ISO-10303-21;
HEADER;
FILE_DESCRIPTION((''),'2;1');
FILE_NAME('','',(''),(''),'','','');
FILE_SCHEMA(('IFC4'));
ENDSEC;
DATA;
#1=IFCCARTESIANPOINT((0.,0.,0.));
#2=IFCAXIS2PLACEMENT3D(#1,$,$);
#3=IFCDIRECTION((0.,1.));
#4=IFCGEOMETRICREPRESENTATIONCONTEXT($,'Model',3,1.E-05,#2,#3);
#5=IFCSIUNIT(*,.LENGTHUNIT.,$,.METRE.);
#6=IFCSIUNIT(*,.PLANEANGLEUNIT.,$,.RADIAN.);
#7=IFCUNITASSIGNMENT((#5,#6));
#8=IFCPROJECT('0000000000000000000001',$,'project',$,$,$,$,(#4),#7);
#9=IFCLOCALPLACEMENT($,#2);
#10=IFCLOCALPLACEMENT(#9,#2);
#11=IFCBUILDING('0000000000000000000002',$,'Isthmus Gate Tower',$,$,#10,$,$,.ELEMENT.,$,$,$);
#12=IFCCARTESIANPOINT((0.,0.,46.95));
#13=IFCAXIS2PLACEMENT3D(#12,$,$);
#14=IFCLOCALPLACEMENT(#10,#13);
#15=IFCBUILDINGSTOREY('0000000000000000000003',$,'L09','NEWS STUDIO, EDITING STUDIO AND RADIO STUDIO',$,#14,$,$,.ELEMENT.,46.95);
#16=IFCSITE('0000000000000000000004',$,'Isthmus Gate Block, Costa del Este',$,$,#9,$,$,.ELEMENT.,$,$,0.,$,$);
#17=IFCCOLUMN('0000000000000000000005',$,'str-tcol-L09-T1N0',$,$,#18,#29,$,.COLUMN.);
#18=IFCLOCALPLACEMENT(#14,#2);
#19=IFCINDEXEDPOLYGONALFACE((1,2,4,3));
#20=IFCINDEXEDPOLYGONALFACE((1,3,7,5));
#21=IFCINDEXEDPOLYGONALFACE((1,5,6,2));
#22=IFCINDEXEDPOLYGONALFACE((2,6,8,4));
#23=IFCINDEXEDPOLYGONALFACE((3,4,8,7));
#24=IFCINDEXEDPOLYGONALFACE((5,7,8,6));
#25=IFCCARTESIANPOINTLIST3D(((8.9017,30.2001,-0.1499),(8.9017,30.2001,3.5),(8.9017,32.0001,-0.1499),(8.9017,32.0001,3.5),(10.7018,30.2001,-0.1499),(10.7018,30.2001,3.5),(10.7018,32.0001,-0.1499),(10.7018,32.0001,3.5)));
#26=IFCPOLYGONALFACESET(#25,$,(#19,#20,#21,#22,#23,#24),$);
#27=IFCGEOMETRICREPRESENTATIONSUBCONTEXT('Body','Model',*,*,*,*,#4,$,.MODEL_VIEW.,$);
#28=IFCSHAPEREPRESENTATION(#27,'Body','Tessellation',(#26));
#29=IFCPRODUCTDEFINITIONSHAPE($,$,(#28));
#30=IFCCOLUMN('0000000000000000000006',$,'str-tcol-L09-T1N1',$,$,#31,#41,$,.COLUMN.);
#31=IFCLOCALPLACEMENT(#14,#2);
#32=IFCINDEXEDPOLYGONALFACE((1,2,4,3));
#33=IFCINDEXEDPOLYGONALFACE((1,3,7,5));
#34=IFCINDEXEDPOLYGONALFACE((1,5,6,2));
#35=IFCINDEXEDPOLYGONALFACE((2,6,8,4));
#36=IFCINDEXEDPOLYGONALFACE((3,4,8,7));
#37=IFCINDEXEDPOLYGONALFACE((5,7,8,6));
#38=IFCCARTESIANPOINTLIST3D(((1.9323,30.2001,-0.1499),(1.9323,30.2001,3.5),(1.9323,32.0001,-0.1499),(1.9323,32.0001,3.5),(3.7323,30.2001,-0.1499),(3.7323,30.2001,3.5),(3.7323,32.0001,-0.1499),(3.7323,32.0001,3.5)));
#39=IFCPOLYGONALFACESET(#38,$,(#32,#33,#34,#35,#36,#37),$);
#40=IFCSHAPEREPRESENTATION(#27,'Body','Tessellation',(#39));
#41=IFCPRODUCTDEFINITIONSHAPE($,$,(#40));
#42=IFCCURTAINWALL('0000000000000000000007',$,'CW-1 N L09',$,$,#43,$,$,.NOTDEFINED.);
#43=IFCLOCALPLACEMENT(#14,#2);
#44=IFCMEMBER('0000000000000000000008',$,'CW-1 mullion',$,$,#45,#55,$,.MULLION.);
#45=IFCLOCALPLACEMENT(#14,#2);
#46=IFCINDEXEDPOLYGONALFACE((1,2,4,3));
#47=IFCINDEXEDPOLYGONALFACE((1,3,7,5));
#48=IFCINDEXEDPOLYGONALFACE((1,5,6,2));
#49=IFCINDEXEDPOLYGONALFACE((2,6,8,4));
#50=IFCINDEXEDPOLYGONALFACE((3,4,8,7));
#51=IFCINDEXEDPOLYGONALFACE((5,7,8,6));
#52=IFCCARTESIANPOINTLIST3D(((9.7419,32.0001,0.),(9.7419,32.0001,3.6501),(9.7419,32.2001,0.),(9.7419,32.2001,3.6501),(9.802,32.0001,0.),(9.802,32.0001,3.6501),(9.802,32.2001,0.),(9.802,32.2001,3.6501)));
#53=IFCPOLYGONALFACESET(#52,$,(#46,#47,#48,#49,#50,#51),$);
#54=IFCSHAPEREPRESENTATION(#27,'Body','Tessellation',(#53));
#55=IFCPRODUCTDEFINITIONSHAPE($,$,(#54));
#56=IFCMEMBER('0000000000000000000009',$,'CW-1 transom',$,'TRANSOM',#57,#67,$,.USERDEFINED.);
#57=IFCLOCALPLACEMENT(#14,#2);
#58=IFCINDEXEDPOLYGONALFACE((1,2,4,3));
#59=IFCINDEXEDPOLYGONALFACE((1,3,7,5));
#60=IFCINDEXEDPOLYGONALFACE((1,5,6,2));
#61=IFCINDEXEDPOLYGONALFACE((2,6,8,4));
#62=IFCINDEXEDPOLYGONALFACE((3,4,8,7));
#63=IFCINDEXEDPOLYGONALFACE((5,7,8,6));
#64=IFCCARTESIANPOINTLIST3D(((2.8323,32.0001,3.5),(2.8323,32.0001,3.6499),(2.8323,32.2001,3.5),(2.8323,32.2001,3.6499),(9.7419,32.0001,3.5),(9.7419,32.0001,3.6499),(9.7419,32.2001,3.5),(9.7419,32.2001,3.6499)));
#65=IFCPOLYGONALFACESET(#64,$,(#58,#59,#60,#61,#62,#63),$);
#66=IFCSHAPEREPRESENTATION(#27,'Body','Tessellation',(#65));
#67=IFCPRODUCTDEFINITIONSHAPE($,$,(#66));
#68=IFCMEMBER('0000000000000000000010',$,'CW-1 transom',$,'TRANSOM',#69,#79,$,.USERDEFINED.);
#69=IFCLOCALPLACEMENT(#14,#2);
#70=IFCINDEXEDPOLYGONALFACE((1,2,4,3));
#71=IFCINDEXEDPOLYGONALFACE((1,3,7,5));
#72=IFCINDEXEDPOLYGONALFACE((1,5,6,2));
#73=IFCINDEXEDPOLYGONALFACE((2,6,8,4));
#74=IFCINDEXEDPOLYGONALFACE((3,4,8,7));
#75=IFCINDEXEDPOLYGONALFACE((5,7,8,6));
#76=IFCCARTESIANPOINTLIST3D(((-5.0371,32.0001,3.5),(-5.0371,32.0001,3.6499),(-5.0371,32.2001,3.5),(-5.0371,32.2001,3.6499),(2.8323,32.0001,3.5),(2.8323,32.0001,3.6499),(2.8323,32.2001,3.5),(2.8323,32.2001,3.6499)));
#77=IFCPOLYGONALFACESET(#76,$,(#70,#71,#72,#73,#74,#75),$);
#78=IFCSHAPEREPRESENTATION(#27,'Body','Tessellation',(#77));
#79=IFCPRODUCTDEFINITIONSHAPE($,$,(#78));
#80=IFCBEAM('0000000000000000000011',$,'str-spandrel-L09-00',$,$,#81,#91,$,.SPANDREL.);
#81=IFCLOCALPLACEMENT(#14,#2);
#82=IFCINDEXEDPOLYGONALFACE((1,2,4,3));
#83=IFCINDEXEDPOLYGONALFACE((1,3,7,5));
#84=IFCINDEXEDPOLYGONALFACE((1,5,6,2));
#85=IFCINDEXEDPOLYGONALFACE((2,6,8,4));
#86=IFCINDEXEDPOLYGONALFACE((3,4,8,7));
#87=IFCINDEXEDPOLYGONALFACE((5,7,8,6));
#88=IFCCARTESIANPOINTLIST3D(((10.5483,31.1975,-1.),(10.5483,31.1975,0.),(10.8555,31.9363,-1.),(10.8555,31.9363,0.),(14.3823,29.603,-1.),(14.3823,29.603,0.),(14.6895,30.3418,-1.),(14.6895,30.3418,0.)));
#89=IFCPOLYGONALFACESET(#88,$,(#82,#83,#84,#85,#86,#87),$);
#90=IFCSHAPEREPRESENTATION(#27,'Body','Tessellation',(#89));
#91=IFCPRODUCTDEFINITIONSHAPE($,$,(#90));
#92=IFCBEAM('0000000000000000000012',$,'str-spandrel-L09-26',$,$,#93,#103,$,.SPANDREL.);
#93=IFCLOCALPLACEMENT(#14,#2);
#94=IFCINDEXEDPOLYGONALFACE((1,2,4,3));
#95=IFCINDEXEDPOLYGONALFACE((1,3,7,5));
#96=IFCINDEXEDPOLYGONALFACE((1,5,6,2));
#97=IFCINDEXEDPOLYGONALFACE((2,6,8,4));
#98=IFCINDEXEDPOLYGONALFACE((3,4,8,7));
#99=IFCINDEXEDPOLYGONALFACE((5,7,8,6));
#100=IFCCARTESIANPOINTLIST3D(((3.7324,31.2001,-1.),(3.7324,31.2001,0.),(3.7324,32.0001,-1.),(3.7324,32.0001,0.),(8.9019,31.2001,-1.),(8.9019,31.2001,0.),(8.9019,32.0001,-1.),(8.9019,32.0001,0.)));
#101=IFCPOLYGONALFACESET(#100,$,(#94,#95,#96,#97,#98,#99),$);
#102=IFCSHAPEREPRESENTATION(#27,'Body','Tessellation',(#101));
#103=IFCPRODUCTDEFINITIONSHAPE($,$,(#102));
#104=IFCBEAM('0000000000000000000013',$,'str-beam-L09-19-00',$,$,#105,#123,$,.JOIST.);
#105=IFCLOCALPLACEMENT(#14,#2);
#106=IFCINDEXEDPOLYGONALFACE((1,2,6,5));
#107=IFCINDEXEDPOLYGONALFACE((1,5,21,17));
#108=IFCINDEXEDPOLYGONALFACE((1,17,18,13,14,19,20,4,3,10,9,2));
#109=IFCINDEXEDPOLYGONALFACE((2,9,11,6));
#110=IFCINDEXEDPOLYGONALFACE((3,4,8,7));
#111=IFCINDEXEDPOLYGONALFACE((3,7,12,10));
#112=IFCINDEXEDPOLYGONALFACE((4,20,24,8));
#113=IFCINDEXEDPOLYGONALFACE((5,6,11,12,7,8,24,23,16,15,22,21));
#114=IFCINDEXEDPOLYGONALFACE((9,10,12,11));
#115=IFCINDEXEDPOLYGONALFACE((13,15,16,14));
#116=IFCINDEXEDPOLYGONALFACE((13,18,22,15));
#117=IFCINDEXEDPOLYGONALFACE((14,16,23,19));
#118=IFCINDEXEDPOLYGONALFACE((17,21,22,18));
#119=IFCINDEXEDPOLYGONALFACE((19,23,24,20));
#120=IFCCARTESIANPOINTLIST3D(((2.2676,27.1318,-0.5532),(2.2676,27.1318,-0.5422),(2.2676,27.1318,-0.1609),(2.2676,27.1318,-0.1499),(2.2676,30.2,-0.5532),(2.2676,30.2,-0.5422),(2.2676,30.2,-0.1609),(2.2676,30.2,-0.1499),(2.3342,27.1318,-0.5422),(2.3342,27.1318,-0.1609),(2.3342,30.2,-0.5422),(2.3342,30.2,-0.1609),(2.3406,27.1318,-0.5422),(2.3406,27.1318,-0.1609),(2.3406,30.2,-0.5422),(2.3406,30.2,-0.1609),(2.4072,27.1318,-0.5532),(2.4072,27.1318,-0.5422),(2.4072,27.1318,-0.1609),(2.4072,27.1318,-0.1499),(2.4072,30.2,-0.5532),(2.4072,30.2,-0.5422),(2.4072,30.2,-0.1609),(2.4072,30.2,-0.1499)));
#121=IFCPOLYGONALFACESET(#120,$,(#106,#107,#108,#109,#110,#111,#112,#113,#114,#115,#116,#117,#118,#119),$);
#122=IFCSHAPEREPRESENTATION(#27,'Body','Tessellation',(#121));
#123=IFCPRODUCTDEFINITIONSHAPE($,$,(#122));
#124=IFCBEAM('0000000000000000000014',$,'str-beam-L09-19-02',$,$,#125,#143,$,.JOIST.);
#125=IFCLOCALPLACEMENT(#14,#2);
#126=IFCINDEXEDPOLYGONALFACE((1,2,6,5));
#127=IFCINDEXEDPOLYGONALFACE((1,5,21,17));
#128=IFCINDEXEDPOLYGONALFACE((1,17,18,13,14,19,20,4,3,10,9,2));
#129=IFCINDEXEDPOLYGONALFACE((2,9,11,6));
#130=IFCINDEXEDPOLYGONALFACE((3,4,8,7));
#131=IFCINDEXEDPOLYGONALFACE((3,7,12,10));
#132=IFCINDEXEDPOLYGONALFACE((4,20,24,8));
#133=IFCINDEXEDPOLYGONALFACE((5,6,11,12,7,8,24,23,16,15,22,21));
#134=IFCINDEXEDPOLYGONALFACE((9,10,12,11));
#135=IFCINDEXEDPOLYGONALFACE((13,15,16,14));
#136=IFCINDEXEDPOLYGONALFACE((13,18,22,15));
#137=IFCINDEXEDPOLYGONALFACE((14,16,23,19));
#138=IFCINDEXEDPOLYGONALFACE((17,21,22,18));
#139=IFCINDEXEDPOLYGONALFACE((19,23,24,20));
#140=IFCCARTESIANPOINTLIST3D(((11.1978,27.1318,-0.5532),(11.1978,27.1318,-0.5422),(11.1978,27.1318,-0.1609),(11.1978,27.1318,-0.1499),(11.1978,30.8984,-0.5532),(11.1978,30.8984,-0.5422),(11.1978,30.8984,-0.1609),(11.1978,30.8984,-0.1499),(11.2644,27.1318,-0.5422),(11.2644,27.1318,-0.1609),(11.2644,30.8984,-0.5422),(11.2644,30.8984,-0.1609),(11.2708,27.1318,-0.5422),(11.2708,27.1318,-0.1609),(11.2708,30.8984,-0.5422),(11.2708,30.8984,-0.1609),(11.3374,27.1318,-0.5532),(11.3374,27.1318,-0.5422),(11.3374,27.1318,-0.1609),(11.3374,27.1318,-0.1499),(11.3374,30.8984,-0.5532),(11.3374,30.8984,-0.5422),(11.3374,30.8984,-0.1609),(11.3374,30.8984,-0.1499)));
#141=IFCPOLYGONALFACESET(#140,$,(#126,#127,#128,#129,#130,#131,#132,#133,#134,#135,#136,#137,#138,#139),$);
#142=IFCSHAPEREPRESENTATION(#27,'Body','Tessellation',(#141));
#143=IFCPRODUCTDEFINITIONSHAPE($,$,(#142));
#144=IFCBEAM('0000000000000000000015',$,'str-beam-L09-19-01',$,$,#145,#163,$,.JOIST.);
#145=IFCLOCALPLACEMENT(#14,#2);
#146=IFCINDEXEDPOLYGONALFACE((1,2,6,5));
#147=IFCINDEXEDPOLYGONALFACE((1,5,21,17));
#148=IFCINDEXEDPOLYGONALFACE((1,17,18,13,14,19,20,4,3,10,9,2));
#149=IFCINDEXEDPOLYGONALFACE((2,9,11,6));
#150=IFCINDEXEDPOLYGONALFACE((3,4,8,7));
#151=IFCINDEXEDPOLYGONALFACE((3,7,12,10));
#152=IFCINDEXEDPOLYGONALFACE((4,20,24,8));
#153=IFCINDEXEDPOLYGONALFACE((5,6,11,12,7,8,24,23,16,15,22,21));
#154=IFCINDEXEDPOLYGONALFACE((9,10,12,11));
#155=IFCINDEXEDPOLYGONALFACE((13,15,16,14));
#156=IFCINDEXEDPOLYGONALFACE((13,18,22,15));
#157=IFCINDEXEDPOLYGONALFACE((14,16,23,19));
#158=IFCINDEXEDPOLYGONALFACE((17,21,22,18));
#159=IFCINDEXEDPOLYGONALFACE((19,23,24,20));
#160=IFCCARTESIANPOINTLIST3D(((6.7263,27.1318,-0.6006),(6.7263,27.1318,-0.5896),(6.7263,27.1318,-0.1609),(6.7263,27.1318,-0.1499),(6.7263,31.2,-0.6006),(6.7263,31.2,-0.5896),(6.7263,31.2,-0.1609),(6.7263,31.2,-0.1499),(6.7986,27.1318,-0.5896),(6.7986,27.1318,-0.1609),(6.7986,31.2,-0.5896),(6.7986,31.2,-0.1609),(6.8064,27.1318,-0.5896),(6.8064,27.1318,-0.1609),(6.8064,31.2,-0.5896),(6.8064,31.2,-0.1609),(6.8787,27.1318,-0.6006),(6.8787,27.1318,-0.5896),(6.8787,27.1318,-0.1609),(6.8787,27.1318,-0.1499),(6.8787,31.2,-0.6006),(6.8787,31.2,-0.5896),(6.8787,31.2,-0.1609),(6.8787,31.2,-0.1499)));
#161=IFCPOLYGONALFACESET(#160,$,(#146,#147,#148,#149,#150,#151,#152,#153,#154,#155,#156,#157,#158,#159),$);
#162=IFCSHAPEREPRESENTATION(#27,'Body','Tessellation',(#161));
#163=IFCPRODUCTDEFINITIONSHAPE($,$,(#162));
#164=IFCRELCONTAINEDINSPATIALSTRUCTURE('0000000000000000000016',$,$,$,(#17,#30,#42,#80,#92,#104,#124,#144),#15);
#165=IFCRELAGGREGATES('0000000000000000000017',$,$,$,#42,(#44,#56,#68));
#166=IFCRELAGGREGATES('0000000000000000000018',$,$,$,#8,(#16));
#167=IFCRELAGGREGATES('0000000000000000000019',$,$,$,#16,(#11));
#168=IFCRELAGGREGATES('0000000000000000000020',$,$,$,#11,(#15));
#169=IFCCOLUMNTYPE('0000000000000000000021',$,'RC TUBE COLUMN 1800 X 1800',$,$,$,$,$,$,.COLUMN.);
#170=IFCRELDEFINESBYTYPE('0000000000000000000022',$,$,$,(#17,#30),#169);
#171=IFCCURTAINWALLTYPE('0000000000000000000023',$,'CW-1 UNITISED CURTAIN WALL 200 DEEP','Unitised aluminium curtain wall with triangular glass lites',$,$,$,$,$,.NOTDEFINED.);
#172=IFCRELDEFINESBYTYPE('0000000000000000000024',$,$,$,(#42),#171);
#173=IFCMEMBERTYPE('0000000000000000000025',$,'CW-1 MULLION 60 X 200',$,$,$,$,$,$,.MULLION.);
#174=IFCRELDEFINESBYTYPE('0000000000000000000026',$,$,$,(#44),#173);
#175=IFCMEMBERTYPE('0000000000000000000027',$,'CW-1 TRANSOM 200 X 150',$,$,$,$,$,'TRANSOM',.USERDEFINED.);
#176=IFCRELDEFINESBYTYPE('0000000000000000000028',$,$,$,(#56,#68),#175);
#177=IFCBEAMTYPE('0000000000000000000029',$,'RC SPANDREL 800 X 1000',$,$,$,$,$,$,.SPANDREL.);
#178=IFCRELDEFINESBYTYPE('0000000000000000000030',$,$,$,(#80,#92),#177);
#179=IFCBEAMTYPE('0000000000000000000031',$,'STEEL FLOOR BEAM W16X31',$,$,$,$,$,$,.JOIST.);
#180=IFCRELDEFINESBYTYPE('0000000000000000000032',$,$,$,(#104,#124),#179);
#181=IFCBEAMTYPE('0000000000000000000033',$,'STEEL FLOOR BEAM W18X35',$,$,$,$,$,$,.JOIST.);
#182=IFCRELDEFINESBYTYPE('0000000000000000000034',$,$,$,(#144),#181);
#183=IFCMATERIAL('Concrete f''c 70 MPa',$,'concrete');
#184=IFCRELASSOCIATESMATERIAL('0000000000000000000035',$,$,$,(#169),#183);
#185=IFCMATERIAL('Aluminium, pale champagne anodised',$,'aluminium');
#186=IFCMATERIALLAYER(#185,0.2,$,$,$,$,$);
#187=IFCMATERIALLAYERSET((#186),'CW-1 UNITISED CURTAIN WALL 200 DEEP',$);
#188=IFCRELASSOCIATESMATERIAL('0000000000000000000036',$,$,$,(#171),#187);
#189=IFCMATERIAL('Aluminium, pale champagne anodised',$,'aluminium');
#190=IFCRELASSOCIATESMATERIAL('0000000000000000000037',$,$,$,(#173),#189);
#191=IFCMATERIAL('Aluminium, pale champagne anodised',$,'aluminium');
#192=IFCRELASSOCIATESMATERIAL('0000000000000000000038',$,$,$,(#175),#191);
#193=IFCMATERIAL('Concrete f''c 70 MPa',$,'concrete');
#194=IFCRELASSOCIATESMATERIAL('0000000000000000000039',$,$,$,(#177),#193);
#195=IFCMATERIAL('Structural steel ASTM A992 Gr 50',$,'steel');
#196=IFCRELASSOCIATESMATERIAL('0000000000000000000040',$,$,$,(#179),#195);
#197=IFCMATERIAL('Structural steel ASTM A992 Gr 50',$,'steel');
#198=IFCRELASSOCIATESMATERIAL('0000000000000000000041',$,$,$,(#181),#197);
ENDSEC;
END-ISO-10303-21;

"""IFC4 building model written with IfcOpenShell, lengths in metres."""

from ifc_helpers import new_model, si_unit, direction, frame, origin, origin_2d, place, context, subcontext, project, spatial, rectangle, i_section, extrude, material, layer, layer_set, material_profile, profile_set, type_object, element, aggregate, save


model = new_model("IFC4")

# Units and contexts
model_context = context("Model", 3, precision=1e-05, world=origin(), true_north=direction((0.0, 1.0)))
body_context = subcontext(model_context, "Body", "Model", "MODEL_VIEW")
ifc_project = project(units=[si_unit("LENGTHUNIT", "METRE"), si_unit("PLANEANGLEUNIT", "RADIAN")], contexts=[model_context])

# Site, building, storey
site_placement = place(None, origin())
site = spatial("IfcSite", under=ifc_project, at=site_placement, Name="Isthmus Gate Block, Costa del Este", CompositionType="ELEMENT", RefElevation=0.0)
building_placement = place(site_placement, origin())
building = spatial("IfcBuilding", under=site, at=building_placement, Name="Isthmus Gate Tower", CompositionType="ELEMENT")
storey_placement = place(building_placement, frame((0.0, 0.0, 46.95)))
storey = spatial("IfcBuildingStorey", under=building, at=storey_placement, Name="L09", Description="NEWS STUDIO, EDITING STUDIO AND RADIO STUDIO", CompositionType="ELEMENT", Elevation=46.95)

# Columns
ifc_material_1 = material(Name="Concrete f'c 70 MPa", Category="concrete")
ifc_material_profile_1 = material_profile(ifc_material_1, rectangle(XDim=1.8, YDim=1.8, at=origin_2d()), Name="RC 1800X1800")
ifc_profile_set_1 = profile_set([ifc_material_profile_1], Name="Concrete f'c 70 MPa")
column_type = type_object("IfcColumnType", Name="RC TUBE COLUMN 1800 X 1800", PredefinedType="COLUMN", material=ifc_profile_set_1)
for number, where, z_axis, x_axis, name in (
    (1, (9.8018, 31.1001, -0.1499), (0.0, 0.0, 1.0), (-1.0, 0.0, 0.0), "str-tcol-L09-T1N0"),
    (2, (2.8323, 31.1001, -0.1499), (0.0, 0.0, 1.0), (-1.0, 0.0, 0.0), "str-tcol-L09-T1N1"),
):
    element("IfcColumn", number, at=place(storey_placement, frame(where, z_axis=z_axis, x_axis=x_axis)), inside=storey, type_object=column_type, Name=name, PredefinedType="COLUMN", context=body_context, shape_type="SweptSolid", body=[
        extrude(rectangle(XDim=1.8, YDim=1.8, at=origin_2d()), origin(), (0.0, 0.0, 1.0), 3.6499),
    ])

# Curtain wall, members
ifc_material_2 = material(Name="Aluminium, pale champagne anodised", Category="aluminium")
ifc_layer_1 = layer(ifc_material_2, 0.2)
ifc_layer_set_1 = layer_set([ifc_layer_1], Name="CW-1 UNITISED CURTAIN WALL 200 DEEP")
curtain_wall_type = type_object("IfcCurtainWallType", Name="CW-1 UNITISED CURTAIN WALL 200 DEEP", Description="Unitised aluminium curtain wall with triangular glass lites", PredefinedType="NOTDEFINED", material=ifc_layer_set_1)
curtain_wall_1_placement = place(storey_placement, origin())
curtain_wall_1 = element("IfcCurtainWall", 3, at=curtain_wall_1_placement, inside=storey, type_object=curtain_wall_type, Name="CW-1 N L09", PredefinedType="NOTDEFINED")
ifc_material_3 = material(Name="Aluminium, pale champagne anodised", Category="aluminium")
ifc_material_profile_2 = material_profile(ifc_material_3, rectangle(XDim=0.0601, YDim=0.2, at=origin_2d()), Name="60x200")
ifc_profile_set_2 = profile_set([ifc_material_profile_2], Name="Aluminium, pale champagne anodised")
member_type_1 = type_object("IfcMemberType", Name="CW-1 MULLION 60 X 200", PredefinedType="MULLION", material=ifc_profile_set_2)
member_1_placement = place(storey_placement, frame((9.772, 32.1001, 0.0), z_axis=(0.0, 0.0, 1.0), x_axis=(-1.0, 0.0, 0.0)))
member_1 = element("IfcMember", 4, at=member_1_placement, type_object=member_type_1, Name="CW-1 mullion", PredefinedType="MULLION", context=body_context, shape_type="SweptSolid", body=[
    extrude(rectangle(XDim=0.0601, YDim=0.2, at=origin_2d()), origin(), (0.0, 0.0, 1.0), 3.6501),
])
ifc_material_4 = material(Name="Aluminium, pale champagne anodised", Category="aluminium")
ifc_material_profile_3 = material_profile(ifc_material_4, rectangle(XDim=0.2, YDim=0.1499, at=origin_2d()), Name="200x150")
ifc_profile_set_3 = profile_set([ifc_material_profile_3], Name="Aluminium, pale champagne anodised")
member_type_2 = type_object("IfcMemberType", Name="CW-1 TRANSOM 200 X 150", ElementType="TRANSOM", PredefinedType="USERDEFINED", material=ifc_profile_set_3)
member_2_placement = place(storey_placement, frame((9.7419, 32.1001, 3.575), z_axis=(-1.0, 0.0, 0.0), x_axis=(0.0, -1.0, 0.0)))
member_2 = element("IfcMember", 5, at=member_2_placement, type_object=member_type_2, Name="CW-1 transom", ObjectType="TRANSOM", PredefinedType="USERDEFINED", context=body_context, shape_type="SweptSolid", body=[
    extrude(rectangle(XDim=0.2, YDim=0.1499, at=origin_2d()), origin(), (0.0, 0.0, 1.0), 6.9097),
])
member_3_placement = place(storey_placement, frame((2.8323, 32.1001, 3.575), z_axis=(-1.0, 0.0, 0.0), x_axis=(0.0, -1.0, 0.0)))
member_3 = element("IfcMember", 6, at=member_3_placement, type_object=member_type_2, Name="CW-1 transom", ObjectType="TRANSOM", PredefinedType="USERDEFINED", context=body_context, shape_type="SweptSolid", body=[
    extrude(rectangle(XDim=0.2, YDim=0.1499, at=origin_2d()), origin(), (0.0, 0.0, 1.0), 7.8694),
])

# Beams
ifc_material_5 = material(Name="Concrete f'c 70 MPa", Category="concrete")
ifc_material_profile_4 = material_profile(ifc_material_5, rectangle(XDim=0.8, YDim=1.0, at=origin_2d()), Name="RC 800X1000")
ifc_profile_set_4 = profile_set([ifc_material_profile_4], Name="Concrete f'c 70 MPa")
beam_type_1 = type_object("IfcBeamType", Name="RC SPANDREL 800 X 1000", PredefinedType="SPANDREL", material=ifc_profile_set_4)
beam_1_placement = place(storey_placement, frame((10.7019, 31.5669, -0.5), z_axis=(0.923334, -0.383997, 0.0), x_axis=(0.383997, 0.923334, 0.0)))
element("IfcBeam", 7, at=beam_1_placement, inside=storey, type_object=beam_type_1, Name="str-spandrel-L09-00", PredefinedType="SPANDREL", context=body_context, shape_type="SweptSolid", body=[
    extrude(rectangle(XDim=0.8, YDim=1.0, at=origin_2d()), origin(), (0.0, 0.0, 1.0), 4.1523),
])
beam_2_placement = place(storey_placement, frame((3.7324, 31.6001, -0.5), z_axis=(1.0, 0.0, 0.0), x_axis=(0.0, 1.0, 0.0)))
element("IfcBeam", 8, at=beam_2_placement, inside=storey, type_object=beam_type_1, Name="str-spandrel-L09-26", PredefinedType="SPANDREL", context=body_context, shape_type="SweptSolid", body=[
    extrude(rectangle(XDim=0.8, YDim=1.0, at=origin_2d()), origin(), (0.0, 0.0, 1.0), 5.1694),
])
ifc_material_6 = material(Name="Structural steel ASTM A992 Gr 50", Category="steel")
ifc_material_profile_5 = material_profile(ifc_material_6, i_section(OverallWidth=0.1396, OverallDepth=0.4033, WebThickness=0.0063, FlangeThickness=0.011, at=origin_2d()), Name="W16X31")
ifc_profile_set_5 = profile_set([ifc_material_profile_5], Name="Structural steel ASTM A992 Gr 50")
beam_type_2 = type_object("IfcBeamType", Name="STEEL FLOOR BEAM W16X31", PredefinedType="JOIST", material=ifc_profile_set_5)
beam_3_placement = place(storey_placement, frame((2.3374, 27.1318, -0.3516), z_axis=(0.0, 1.0, 0.0), x_axis=(-1.0, 0.0, 0.0)))
element("IfcBeam", 9, at=beam_3_placement, inside=storey, type_object=beam_type_2, Name="str-beam-L09-19-00", PredefinedType="JOIST", context=body_context, shape_type="SweptSolid", body=[
    extrude(i_section(OverallWidth=0.1396, OverallDepth=0.4033, WebThickness=0.0063, FlangeThickness=0.011, at=origin_2d()), origin(), (0.0, 0.0, 1.0), 3.0681),
])
beam_4_placement = place(storey_placement, frame((11.2676, 27.1318, -0.3516), z_axis=(0.0, 1.0, 0.0), x_axis=(-1.0, 0.0, 0.0)))
element("IfcBeam", 10, at=beam_4_placement, inside=storey, type_object=beam_type_2, Name="str-beam-L09-19-02", PredefinedType="JOIST", context=body_context, shape_type="SweptSolid", body=[
    extrude(i_section(OverallWidth=0.1396, OverallDepth=0.4033, WebThickness=0.0063, FlangeThickness=0.011, at=origin_2d()), origin(), (0.0, 0.0, 1.0), 3.7666),
])
ifc_material_7 = material(Name="Structural steel ASTM A992 Gr 50", Category="steel")
ifc_material_profile_6 = material_profile(ifc_material_7, i_section(OverallWidth=0.1523, OverallDepth=0.4507, WebThickness=0.0078, FlangeThickness=0.011, at=origin_2d()), Name="W18X35")
ifc_profile_set_6 = profile_set([ifc_material_profile_6], Name="Structural steel ASTM A992 Gr 50")
beam_type_3 = type_object("IfcBeamType", Name="STEEL FLOOR BEAM W18X35", PredefinedType="JOIST", material=ifc_profile_set_6)
beam_5_placement = place(storey_placement, frame((6.8025, 27.1318, -0.3752), z_axis=(0.0, 1.0, 0.0), x_axis=(-1.0, 0.0, 0.0)))
element("IfcBeam", 11, at=beam_5_placement, inside=storey, type_object=beam_type_3, Name="str-beam-L09-19-01", PredefinedType="JOIST", context=body_context, shape_type="SweptSolid", body=[
    extrude(i_section(OverallWidth=0.1523, OverallDepth=0.4507, WebThickness=0.0078, FlangeThickness=0.011, at=origin_2d()), origin(), (0.0, 0.0, 1.0), 4.0681),
])

aggregate(curtain_wall_1, [member_1, member_2, member_3])

save(model, "model.ifc")
